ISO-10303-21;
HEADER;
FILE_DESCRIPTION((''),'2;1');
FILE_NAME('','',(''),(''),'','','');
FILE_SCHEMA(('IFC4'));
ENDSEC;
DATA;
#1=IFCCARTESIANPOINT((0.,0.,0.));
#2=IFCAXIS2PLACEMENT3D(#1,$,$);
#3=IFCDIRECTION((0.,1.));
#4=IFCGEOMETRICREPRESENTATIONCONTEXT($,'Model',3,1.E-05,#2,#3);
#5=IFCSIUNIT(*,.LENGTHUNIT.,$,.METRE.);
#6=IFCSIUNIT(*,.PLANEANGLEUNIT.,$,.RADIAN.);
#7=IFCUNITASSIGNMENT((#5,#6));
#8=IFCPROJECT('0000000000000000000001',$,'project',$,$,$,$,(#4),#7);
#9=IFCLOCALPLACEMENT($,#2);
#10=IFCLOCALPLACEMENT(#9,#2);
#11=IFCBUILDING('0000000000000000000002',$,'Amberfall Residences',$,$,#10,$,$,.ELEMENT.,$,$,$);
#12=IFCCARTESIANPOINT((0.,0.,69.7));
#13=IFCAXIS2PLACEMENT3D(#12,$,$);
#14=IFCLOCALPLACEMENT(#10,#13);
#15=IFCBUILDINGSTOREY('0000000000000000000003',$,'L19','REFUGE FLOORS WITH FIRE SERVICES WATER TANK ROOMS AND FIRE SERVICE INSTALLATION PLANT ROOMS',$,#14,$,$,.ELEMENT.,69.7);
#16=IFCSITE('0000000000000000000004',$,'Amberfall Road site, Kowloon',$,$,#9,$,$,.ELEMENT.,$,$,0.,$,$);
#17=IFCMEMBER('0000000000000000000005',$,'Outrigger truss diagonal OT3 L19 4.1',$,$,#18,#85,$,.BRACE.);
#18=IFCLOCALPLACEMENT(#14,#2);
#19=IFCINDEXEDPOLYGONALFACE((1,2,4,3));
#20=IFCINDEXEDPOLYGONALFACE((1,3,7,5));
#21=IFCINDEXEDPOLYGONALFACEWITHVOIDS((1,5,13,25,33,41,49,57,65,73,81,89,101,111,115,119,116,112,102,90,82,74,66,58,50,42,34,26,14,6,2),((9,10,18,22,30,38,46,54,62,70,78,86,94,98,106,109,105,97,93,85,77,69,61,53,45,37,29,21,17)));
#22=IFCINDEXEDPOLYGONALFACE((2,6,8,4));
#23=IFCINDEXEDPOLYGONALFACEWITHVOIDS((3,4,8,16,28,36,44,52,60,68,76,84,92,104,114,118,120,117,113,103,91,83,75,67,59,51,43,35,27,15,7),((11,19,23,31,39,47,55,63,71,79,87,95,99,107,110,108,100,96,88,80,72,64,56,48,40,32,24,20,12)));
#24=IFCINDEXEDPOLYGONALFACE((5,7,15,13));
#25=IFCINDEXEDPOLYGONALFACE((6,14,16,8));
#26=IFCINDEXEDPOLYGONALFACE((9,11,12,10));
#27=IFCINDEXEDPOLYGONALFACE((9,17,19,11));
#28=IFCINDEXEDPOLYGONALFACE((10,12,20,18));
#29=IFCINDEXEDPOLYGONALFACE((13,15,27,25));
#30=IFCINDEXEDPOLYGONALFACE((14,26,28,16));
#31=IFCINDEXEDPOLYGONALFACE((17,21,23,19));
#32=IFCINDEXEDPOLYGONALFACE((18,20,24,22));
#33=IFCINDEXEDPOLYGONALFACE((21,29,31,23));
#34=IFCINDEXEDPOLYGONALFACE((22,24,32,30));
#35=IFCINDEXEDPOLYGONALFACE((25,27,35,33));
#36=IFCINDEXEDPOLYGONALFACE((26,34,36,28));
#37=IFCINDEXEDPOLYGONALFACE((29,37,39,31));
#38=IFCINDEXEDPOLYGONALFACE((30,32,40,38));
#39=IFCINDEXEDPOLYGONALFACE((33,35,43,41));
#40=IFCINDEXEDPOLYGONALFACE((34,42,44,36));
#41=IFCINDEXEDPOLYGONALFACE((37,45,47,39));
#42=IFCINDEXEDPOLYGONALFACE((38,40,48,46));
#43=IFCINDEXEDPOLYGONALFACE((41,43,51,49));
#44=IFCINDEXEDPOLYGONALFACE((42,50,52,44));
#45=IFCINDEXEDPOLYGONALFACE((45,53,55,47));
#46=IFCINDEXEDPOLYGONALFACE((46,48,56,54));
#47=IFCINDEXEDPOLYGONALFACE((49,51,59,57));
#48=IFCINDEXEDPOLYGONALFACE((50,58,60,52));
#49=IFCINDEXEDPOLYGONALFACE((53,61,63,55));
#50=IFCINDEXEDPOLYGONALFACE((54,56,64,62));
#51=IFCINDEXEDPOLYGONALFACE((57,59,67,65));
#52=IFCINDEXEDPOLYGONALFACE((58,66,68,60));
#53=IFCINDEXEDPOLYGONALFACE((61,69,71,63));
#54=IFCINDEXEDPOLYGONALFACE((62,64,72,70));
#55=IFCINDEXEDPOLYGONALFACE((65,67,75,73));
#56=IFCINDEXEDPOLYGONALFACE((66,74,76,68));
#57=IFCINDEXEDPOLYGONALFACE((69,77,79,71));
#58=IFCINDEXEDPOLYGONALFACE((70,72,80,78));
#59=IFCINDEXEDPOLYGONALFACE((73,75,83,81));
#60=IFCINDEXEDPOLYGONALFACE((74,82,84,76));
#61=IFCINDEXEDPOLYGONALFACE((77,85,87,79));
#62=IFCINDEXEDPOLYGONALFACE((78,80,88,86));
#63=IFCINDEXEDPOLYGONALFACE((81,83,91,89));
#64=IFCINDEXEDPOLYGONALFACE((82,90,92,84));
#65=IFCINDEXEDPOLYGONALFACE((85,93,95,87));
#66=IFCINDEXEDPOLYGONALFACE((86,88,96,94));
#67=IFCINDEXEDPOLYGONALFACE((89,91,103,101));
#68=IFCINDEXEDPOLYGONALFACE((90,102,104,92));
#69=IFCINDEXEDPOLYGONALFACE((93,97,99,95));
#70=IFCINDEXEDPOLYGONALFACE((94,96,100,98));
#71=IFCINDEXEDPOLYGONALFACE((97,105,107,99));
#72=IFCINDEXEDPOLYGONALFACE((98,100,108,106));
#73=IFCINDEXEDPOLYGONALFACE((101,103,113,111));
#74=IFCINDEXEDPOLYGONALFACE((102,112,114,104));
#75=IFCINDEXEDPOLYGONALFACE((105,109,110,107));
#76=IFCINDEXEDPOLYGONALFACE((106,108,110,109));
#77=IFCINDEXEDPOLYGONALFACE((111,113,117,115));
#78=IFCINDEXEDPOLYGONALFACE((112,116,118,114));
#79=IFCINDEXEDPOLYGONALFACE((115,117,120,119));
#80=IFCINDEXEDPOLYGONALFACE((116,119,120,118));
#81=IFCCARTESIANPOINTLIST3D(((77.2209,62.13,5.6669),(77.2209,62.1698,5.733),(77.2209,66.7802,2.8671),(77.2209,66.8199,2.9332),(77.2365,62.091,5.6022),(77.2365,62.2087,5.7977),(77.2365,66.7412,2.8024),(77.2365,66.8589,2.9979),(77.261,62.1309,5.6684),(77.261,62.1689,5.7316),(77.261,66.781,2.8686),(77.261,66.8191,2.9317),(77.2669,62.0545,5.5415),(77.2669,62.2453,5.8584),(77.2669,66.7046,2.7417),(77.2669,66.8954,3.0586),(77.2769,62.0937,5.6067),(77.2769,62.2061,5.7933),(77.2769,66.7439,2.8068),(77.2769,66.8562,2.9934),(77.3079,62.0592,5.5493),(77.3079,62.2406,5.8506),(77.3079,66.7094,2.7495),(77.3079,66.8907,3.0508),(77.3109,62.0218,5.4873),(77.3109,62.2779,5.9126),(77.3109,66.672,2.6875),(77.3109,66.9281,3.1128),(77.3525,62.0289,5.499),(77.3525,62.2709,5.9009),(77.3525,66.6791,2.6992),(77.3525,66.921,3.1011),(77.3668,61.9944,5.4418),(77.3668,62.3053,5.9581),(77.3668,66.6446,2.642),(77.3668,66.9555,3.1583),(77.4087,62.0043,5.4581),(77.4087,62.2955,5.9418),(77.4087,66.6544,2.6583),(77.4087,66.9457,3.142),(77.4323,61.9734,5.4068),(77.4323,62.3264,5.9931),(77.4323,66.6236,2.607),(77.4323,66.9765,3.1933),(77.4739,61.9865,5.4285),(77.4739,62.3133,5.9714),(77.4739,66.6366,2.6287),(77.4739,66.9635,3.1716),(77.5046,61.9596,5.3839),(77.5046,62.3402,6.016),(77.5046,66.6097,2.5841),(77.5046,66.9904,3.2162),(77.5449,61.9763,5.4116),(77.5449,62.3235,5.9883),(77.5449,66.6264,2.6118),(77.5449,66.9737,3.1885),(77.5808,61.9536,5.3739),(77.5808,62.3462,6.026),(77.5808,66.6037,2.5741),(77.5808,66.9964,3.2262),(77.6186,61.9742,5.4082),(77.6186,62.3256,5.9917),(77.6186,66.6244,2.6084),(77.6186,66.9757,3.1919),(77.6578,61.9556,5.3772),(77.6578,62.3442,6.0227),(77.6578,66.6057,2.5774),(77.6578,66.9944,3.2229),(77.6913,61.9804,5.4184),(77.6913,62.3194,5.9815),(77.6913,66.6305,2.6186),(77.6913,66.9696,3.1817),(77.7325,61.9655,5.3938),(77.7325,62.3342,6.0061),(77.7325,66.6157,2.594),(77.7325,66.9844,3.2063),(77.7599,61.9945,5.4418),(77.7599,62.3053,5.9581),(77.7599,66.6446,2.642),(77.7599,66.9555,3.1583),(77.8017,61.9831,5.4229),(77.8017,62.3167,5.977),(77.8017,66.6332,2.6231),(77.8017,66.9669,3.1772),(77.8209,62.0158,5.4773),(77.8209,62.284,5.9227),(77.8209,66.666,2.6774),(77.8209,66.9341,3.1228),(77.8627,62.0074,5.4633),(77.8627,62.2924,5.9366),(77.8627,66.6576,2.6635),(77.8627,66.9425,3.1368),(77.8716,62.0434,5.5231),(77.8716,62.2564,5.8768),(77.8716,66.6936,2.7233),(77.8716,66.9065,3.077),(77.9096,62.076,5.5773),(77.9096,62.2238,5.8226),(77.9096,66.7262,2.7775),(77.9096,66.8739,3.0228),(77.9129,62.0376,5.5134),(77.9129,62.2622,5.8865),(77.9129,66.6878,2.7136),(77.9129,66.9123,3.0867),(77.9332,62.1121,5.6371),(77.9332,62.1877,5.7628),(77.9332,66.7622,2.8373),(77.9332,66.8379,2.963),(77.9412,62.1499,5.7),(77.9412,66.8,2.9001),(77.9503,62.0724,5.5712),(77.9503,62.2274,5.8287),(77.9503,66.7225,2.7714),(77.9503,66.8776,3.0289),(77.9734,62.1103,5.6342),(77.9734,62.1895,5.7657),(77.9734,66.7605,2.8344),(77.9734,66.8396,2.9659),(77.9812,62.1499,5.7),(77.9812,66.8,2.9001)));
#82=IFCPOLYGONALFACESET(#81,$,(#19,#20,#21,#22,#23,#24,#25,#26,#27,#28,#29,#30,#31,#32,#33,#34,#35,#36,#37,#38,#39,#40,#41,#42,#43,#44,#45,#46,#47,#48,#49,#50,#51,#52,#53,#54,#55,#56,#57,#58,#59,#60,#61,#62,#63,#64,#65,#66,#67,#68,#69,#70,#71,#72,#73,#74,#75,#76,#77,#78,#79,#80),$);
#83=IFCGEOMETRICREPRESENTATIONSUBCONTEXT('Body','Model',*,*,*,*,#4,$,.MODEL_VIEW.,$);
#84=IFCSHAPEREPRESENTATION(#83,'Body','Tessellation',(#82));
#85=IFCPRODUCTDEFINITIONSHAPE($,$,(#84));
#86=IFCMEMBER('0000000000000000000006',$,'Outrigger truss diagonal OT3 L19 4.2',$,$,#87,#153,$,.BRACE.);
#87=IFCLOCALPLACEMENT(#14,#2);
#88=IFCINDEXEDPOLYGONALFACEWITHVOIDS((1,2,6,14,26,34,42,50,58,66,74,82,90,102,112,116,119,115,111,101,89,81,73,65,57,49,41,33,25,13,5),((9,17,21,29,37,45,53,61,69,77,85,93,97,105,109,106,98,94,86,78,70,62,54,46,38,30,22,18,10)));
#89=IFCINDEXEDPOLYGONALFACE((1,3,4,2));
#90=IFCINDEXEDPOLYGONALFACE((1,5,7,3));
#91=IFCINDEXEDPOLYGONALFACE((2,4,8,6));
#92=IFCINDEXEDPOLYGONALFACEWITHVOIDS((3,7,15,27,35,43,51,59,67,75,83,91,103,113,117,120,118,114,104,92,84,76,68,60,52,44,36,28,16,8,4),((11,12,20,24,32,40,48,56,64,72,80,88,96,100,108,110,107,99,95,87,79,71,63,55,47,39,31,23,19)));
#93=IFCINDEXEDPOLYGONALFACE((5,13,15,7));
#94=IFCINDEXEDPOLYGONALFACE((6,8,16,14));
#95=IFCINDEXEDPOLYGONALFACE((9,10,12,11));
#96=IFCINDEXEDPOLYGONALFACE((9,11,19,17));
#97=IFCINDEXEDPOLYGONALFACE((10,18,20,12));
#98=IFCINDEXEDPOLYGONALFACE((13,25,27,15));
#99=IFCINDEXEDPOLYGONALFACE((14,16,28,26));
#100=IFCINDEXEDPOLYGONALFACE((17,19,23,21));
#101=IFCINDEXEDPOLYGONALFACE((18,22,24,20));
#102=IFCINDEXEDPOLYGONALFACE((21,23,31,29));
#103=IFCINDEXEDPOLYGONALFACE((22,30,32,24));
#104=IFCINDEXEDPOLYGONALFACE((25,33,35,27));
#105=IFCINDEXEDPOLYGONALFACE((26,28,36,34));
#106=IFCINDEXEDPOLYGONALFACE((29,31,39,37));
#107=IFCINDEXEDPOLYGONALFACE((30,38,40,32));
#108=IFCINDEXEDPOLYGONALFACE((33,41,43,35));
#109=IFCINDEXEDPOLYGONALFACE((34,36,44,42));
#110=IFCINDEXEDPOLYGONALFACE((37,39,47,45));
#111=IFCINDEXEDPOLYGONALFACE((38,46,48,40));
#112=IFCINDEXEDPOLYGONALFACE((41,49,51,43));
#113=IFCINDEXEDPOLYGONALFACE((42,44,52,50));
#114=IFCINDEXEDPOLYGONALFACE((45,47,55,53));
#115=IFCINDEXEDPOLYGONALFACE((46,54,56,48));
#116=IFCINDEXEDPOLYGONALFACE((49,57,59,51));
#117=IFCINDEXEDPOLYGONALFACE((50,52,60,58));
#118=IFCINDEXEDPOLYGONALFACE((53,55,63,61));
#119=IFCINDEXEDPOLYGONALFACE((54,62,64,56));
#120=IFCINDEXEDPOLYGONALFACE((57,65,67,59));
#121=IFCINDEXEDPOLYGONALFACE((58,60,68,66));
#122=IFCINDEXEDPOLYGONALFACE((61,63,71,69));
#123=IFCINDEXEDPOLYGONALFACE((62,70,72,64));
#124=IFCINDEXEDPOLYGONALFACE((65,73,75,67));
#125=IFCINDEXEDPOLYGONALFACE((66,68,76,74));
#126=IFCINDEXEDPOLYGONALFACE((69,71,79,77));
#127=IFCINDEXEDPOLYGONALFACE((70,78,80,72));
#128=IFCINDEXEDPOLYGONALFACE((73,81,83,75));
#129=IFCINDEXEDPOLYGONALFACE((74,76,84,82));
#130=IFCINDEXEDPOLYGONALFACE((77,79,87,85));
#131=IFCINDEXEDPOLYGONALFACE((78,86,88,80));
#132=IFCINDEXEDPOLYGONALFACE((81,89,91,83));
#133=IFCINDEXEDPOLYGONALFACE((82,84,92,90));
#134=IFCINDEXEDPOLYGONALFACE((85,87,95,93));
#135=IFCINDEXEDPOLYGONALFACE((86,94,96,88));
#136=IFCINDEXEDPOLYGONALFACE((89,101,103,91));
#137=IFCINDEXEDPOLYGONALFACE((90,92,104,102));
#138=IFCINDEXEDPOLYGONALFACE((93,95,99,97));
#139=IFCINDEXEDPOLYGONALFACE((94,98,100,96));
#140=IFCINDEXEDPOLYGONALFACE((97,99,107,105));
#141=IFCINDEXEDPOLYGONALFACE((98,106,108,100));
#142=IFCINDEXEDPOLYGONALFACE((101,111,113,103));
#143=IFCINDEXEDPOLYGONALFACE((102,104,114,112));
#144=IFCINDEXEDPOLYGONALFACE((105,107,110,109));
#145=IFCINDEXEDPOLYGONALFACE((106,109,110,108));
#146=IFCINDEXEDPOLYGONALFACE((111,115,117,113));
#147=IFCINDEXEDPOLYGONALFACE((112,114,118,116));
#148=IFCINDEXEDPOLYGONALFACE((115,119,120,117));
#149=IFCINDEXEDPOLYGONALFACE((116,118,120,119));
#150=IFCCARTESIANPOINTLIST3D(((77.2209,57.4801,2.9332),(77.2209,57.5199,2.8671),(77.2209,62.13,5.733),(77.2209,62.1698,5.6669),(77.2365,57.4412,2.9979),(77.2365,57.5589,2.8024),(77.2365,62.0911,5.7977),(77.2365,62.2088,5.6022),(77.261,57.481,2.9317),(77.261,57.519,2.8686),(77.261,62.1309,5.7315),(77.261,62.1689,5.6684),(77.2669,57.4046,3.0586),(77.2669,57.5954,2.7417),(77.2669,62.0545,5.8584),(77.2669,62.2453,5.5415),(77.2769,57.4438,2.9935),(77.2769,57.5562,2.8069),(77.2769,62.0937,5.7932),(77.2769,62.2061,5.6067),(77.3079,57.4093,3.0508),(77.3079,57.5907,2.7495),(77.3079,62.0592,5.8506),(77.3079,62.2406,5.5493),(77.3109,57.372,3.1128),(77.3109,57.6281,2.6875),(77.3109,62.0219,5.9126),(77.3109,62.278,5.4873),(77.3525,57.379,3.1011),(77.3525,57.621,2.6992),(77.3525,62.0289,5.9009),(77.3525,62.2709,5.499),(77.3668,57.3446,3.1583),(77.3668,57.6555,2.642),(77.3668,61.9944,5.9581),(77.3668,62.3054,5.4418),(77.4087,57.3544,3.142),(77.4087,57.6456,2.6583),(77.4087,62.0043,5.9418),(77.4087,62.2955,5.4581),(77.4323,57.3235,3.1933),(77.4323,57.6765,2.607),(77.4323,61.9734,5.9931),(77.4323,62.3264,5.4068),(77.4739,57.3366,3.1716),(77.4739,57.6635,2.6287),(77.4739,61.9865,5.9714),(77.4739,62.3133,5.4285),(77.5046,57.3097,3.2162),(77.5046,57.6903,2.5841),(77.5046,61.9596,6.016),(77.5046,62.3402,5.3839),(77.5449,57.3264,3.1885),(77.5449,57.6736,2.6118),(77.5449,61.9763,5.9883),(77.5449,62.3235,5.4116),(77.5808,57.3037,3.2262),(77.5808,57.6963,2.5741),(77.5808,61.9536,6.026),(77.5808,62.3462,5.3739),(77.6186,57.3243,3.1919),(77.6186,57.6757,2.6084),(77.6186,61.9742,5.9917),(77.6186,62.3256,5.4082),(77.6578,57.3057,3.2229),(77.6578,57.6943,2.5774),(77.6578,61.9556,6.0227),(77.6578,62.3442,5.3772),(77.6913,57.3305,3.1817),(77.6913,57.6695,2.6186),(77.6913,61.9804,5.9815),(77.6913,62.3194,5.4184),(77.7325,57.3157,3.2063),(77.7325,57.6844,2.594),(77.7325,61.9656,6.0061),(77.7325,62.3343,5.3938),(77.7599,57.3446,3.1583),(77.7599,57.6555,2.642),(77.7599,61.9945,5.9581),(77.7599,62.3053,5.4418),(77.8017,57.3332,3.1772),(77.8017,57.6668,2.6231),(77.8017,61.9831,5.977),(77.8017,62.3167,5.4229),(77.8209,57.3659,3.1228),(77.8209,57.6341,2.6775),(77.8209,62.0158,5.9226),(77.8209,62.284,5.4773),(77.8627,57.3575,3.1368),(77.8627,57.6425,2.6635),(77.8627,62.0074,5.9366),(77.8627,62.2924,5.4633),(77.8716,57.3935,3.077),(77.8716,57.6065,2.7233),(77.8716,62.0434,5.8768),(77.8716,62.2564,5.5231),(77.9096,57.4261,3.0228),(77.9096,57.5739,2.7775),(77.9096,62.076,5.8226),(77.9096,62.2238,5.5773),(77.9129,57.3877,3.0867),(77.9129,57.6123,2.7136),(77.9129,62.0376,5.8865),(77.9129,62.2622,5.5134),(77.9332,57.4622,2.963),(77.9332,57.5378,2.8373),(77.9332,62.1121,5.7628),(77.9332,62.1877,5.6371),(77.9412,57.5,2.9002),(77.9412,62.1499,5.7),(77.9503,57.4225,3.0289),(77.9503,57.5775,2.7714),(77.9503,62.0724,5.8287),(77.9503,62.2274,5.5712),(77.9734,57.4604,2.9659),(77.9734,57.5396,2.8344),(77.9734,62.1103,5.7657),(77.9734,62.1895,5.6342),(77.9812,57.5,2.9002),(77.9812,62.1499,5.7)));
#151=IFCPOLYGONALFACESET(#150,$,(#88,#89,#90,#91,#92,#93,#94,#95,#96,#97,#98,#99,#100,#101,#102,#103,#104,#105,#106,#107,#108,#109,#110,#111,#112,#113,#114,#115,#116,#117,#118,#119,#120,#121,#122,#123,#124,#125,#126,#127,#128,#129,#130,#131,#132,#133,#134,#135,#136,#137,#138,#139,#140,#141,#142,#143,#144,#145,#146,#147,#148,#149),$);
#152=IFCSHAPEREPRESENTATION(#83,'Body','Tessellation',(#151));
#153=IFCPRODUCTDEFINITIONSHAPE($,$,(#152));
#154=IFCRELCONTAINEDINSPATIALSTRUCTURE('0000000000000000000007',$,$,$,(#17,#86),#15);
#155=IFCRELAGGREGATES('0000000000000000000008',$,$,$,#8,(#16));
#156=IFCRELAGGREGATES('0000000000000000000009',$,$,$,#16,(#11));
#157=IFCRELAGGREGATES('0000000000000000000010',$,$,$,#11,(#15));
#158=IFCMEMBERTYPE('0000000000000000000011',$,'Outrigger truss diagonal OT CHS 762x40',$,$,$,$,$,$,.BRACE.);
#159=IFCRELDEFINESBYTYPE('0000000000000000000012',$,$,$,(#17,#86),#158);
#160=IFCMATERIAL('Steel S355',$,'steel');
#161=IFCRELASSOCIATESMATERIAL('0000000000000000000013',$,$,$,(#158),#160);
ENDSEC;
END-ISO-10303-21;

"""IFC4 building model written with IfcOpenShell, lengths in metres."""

from ifc_helpers import new_model, si_unit, direction, frame, origin, origin_2d, place, context, subcontext, project, spatial, hollow_circle, extrude, material, material_profile, profile_set, type_object, element, save


model = new_model("IFC4")

# Units and contexts
model_context = context("Model", 3, precision=1e-05, world=origin(), true_north=direction((0.0, 1.0)))
body_context = subcontext(model_context, "Body", "Model", "MODEL_VIEW")
ifc_project = project(units=[si_unit("LENGTHUNIT", "METRE"), si_unit("PLANEANGLEUNIT", "RADIAN")], contexts=[model_context])

# Site, building, storey
site_placement = place(None, origin())
site = spatial("IfcSite", under=ifc_project, at=site_placement, Name="Amberfall Road site, Kowloon", CompositionType="ELEMENT", RefElevation=0.0)
building_placement = place(site_placement, origin())
building = spatial("IfcBuilding", under=site, at=building_placement, Name="Amberfall Residences", CompositionType="ELEMENT")
storey_placement = place(building_placement, frame((0.0, 0.0, 69.7)))
storey = spatial("IfcBuildingStorey", under=building, at=storey_placement, Name="L19", Description="REFUGE FLOORS WITH FIRE SERVICES WATER TANK ROOMS AND FIRE SERVICE INSTALLATION PLANT ROOMS", CompositionType="ELEMENT", Elevation=69.7)

# Shared definitions
ifc_material_1 = material(Name="Steel S355", Category="steel")

# Members
ifc_material_profile_1 = material_profile(ifc_material_1, hollow_circle(Radius=0.3811, WallThickness=0.04, at=origin_2d()), Name="CHS 762x40")
ifc_profile_set_1 = profile_set([ifc_material_profile_1], Name="Steel S355")
member_type_1 = type_object("IfcMemberType", Name="Outrigger truss diagonal OT CHS 762x40", PredefinedType="BRACE", material=ifc_profile_set_1)
member_1_placement = place(storey_placement, frame((77.6001, 66.8, 2.9001), z_axis=(0.0, -0.856702, 0.515811), x_axis=(1.0, 0.0, 0.0)))
element("IfcMember", 1, at=member_1_placement, inside=storey, type_object=member_type_1, Name="Outrigger truss diagonal OT3 L19 4.1", PredefinedType="BRACE", context=body_context, shape_type="SweptSolid", body=[
    extrude(hollow_circle(Radius=0.3811, WallThickness=0.04, at=origin_2d()), origin(), (0.0, 0.0, 1.0), 5.428),
])
member_2_placement = place(storey_placement, frame((77.6001, 62.1499, 5.7), z_axis=(0.0, -0.85669, -0.515831), x_axis=(1.0, 0.0, 0.0)))
element("IfcMember", 2, at=member_2_placement, inside=storey, type_object=member_type_1, Name="Outrigger truss diagonal OT3 L19 4.2", PredefinedType="BRACE", context=body_context, shape_type="SweptSolid", body=[
    extrude(hollow_circle(Radius=0.3811, WallThickness=0.04, at=origin_2d()), origin(), (0.0, 0.0, 1.0), 5.4277),
])

save(model, "model.ifc")
